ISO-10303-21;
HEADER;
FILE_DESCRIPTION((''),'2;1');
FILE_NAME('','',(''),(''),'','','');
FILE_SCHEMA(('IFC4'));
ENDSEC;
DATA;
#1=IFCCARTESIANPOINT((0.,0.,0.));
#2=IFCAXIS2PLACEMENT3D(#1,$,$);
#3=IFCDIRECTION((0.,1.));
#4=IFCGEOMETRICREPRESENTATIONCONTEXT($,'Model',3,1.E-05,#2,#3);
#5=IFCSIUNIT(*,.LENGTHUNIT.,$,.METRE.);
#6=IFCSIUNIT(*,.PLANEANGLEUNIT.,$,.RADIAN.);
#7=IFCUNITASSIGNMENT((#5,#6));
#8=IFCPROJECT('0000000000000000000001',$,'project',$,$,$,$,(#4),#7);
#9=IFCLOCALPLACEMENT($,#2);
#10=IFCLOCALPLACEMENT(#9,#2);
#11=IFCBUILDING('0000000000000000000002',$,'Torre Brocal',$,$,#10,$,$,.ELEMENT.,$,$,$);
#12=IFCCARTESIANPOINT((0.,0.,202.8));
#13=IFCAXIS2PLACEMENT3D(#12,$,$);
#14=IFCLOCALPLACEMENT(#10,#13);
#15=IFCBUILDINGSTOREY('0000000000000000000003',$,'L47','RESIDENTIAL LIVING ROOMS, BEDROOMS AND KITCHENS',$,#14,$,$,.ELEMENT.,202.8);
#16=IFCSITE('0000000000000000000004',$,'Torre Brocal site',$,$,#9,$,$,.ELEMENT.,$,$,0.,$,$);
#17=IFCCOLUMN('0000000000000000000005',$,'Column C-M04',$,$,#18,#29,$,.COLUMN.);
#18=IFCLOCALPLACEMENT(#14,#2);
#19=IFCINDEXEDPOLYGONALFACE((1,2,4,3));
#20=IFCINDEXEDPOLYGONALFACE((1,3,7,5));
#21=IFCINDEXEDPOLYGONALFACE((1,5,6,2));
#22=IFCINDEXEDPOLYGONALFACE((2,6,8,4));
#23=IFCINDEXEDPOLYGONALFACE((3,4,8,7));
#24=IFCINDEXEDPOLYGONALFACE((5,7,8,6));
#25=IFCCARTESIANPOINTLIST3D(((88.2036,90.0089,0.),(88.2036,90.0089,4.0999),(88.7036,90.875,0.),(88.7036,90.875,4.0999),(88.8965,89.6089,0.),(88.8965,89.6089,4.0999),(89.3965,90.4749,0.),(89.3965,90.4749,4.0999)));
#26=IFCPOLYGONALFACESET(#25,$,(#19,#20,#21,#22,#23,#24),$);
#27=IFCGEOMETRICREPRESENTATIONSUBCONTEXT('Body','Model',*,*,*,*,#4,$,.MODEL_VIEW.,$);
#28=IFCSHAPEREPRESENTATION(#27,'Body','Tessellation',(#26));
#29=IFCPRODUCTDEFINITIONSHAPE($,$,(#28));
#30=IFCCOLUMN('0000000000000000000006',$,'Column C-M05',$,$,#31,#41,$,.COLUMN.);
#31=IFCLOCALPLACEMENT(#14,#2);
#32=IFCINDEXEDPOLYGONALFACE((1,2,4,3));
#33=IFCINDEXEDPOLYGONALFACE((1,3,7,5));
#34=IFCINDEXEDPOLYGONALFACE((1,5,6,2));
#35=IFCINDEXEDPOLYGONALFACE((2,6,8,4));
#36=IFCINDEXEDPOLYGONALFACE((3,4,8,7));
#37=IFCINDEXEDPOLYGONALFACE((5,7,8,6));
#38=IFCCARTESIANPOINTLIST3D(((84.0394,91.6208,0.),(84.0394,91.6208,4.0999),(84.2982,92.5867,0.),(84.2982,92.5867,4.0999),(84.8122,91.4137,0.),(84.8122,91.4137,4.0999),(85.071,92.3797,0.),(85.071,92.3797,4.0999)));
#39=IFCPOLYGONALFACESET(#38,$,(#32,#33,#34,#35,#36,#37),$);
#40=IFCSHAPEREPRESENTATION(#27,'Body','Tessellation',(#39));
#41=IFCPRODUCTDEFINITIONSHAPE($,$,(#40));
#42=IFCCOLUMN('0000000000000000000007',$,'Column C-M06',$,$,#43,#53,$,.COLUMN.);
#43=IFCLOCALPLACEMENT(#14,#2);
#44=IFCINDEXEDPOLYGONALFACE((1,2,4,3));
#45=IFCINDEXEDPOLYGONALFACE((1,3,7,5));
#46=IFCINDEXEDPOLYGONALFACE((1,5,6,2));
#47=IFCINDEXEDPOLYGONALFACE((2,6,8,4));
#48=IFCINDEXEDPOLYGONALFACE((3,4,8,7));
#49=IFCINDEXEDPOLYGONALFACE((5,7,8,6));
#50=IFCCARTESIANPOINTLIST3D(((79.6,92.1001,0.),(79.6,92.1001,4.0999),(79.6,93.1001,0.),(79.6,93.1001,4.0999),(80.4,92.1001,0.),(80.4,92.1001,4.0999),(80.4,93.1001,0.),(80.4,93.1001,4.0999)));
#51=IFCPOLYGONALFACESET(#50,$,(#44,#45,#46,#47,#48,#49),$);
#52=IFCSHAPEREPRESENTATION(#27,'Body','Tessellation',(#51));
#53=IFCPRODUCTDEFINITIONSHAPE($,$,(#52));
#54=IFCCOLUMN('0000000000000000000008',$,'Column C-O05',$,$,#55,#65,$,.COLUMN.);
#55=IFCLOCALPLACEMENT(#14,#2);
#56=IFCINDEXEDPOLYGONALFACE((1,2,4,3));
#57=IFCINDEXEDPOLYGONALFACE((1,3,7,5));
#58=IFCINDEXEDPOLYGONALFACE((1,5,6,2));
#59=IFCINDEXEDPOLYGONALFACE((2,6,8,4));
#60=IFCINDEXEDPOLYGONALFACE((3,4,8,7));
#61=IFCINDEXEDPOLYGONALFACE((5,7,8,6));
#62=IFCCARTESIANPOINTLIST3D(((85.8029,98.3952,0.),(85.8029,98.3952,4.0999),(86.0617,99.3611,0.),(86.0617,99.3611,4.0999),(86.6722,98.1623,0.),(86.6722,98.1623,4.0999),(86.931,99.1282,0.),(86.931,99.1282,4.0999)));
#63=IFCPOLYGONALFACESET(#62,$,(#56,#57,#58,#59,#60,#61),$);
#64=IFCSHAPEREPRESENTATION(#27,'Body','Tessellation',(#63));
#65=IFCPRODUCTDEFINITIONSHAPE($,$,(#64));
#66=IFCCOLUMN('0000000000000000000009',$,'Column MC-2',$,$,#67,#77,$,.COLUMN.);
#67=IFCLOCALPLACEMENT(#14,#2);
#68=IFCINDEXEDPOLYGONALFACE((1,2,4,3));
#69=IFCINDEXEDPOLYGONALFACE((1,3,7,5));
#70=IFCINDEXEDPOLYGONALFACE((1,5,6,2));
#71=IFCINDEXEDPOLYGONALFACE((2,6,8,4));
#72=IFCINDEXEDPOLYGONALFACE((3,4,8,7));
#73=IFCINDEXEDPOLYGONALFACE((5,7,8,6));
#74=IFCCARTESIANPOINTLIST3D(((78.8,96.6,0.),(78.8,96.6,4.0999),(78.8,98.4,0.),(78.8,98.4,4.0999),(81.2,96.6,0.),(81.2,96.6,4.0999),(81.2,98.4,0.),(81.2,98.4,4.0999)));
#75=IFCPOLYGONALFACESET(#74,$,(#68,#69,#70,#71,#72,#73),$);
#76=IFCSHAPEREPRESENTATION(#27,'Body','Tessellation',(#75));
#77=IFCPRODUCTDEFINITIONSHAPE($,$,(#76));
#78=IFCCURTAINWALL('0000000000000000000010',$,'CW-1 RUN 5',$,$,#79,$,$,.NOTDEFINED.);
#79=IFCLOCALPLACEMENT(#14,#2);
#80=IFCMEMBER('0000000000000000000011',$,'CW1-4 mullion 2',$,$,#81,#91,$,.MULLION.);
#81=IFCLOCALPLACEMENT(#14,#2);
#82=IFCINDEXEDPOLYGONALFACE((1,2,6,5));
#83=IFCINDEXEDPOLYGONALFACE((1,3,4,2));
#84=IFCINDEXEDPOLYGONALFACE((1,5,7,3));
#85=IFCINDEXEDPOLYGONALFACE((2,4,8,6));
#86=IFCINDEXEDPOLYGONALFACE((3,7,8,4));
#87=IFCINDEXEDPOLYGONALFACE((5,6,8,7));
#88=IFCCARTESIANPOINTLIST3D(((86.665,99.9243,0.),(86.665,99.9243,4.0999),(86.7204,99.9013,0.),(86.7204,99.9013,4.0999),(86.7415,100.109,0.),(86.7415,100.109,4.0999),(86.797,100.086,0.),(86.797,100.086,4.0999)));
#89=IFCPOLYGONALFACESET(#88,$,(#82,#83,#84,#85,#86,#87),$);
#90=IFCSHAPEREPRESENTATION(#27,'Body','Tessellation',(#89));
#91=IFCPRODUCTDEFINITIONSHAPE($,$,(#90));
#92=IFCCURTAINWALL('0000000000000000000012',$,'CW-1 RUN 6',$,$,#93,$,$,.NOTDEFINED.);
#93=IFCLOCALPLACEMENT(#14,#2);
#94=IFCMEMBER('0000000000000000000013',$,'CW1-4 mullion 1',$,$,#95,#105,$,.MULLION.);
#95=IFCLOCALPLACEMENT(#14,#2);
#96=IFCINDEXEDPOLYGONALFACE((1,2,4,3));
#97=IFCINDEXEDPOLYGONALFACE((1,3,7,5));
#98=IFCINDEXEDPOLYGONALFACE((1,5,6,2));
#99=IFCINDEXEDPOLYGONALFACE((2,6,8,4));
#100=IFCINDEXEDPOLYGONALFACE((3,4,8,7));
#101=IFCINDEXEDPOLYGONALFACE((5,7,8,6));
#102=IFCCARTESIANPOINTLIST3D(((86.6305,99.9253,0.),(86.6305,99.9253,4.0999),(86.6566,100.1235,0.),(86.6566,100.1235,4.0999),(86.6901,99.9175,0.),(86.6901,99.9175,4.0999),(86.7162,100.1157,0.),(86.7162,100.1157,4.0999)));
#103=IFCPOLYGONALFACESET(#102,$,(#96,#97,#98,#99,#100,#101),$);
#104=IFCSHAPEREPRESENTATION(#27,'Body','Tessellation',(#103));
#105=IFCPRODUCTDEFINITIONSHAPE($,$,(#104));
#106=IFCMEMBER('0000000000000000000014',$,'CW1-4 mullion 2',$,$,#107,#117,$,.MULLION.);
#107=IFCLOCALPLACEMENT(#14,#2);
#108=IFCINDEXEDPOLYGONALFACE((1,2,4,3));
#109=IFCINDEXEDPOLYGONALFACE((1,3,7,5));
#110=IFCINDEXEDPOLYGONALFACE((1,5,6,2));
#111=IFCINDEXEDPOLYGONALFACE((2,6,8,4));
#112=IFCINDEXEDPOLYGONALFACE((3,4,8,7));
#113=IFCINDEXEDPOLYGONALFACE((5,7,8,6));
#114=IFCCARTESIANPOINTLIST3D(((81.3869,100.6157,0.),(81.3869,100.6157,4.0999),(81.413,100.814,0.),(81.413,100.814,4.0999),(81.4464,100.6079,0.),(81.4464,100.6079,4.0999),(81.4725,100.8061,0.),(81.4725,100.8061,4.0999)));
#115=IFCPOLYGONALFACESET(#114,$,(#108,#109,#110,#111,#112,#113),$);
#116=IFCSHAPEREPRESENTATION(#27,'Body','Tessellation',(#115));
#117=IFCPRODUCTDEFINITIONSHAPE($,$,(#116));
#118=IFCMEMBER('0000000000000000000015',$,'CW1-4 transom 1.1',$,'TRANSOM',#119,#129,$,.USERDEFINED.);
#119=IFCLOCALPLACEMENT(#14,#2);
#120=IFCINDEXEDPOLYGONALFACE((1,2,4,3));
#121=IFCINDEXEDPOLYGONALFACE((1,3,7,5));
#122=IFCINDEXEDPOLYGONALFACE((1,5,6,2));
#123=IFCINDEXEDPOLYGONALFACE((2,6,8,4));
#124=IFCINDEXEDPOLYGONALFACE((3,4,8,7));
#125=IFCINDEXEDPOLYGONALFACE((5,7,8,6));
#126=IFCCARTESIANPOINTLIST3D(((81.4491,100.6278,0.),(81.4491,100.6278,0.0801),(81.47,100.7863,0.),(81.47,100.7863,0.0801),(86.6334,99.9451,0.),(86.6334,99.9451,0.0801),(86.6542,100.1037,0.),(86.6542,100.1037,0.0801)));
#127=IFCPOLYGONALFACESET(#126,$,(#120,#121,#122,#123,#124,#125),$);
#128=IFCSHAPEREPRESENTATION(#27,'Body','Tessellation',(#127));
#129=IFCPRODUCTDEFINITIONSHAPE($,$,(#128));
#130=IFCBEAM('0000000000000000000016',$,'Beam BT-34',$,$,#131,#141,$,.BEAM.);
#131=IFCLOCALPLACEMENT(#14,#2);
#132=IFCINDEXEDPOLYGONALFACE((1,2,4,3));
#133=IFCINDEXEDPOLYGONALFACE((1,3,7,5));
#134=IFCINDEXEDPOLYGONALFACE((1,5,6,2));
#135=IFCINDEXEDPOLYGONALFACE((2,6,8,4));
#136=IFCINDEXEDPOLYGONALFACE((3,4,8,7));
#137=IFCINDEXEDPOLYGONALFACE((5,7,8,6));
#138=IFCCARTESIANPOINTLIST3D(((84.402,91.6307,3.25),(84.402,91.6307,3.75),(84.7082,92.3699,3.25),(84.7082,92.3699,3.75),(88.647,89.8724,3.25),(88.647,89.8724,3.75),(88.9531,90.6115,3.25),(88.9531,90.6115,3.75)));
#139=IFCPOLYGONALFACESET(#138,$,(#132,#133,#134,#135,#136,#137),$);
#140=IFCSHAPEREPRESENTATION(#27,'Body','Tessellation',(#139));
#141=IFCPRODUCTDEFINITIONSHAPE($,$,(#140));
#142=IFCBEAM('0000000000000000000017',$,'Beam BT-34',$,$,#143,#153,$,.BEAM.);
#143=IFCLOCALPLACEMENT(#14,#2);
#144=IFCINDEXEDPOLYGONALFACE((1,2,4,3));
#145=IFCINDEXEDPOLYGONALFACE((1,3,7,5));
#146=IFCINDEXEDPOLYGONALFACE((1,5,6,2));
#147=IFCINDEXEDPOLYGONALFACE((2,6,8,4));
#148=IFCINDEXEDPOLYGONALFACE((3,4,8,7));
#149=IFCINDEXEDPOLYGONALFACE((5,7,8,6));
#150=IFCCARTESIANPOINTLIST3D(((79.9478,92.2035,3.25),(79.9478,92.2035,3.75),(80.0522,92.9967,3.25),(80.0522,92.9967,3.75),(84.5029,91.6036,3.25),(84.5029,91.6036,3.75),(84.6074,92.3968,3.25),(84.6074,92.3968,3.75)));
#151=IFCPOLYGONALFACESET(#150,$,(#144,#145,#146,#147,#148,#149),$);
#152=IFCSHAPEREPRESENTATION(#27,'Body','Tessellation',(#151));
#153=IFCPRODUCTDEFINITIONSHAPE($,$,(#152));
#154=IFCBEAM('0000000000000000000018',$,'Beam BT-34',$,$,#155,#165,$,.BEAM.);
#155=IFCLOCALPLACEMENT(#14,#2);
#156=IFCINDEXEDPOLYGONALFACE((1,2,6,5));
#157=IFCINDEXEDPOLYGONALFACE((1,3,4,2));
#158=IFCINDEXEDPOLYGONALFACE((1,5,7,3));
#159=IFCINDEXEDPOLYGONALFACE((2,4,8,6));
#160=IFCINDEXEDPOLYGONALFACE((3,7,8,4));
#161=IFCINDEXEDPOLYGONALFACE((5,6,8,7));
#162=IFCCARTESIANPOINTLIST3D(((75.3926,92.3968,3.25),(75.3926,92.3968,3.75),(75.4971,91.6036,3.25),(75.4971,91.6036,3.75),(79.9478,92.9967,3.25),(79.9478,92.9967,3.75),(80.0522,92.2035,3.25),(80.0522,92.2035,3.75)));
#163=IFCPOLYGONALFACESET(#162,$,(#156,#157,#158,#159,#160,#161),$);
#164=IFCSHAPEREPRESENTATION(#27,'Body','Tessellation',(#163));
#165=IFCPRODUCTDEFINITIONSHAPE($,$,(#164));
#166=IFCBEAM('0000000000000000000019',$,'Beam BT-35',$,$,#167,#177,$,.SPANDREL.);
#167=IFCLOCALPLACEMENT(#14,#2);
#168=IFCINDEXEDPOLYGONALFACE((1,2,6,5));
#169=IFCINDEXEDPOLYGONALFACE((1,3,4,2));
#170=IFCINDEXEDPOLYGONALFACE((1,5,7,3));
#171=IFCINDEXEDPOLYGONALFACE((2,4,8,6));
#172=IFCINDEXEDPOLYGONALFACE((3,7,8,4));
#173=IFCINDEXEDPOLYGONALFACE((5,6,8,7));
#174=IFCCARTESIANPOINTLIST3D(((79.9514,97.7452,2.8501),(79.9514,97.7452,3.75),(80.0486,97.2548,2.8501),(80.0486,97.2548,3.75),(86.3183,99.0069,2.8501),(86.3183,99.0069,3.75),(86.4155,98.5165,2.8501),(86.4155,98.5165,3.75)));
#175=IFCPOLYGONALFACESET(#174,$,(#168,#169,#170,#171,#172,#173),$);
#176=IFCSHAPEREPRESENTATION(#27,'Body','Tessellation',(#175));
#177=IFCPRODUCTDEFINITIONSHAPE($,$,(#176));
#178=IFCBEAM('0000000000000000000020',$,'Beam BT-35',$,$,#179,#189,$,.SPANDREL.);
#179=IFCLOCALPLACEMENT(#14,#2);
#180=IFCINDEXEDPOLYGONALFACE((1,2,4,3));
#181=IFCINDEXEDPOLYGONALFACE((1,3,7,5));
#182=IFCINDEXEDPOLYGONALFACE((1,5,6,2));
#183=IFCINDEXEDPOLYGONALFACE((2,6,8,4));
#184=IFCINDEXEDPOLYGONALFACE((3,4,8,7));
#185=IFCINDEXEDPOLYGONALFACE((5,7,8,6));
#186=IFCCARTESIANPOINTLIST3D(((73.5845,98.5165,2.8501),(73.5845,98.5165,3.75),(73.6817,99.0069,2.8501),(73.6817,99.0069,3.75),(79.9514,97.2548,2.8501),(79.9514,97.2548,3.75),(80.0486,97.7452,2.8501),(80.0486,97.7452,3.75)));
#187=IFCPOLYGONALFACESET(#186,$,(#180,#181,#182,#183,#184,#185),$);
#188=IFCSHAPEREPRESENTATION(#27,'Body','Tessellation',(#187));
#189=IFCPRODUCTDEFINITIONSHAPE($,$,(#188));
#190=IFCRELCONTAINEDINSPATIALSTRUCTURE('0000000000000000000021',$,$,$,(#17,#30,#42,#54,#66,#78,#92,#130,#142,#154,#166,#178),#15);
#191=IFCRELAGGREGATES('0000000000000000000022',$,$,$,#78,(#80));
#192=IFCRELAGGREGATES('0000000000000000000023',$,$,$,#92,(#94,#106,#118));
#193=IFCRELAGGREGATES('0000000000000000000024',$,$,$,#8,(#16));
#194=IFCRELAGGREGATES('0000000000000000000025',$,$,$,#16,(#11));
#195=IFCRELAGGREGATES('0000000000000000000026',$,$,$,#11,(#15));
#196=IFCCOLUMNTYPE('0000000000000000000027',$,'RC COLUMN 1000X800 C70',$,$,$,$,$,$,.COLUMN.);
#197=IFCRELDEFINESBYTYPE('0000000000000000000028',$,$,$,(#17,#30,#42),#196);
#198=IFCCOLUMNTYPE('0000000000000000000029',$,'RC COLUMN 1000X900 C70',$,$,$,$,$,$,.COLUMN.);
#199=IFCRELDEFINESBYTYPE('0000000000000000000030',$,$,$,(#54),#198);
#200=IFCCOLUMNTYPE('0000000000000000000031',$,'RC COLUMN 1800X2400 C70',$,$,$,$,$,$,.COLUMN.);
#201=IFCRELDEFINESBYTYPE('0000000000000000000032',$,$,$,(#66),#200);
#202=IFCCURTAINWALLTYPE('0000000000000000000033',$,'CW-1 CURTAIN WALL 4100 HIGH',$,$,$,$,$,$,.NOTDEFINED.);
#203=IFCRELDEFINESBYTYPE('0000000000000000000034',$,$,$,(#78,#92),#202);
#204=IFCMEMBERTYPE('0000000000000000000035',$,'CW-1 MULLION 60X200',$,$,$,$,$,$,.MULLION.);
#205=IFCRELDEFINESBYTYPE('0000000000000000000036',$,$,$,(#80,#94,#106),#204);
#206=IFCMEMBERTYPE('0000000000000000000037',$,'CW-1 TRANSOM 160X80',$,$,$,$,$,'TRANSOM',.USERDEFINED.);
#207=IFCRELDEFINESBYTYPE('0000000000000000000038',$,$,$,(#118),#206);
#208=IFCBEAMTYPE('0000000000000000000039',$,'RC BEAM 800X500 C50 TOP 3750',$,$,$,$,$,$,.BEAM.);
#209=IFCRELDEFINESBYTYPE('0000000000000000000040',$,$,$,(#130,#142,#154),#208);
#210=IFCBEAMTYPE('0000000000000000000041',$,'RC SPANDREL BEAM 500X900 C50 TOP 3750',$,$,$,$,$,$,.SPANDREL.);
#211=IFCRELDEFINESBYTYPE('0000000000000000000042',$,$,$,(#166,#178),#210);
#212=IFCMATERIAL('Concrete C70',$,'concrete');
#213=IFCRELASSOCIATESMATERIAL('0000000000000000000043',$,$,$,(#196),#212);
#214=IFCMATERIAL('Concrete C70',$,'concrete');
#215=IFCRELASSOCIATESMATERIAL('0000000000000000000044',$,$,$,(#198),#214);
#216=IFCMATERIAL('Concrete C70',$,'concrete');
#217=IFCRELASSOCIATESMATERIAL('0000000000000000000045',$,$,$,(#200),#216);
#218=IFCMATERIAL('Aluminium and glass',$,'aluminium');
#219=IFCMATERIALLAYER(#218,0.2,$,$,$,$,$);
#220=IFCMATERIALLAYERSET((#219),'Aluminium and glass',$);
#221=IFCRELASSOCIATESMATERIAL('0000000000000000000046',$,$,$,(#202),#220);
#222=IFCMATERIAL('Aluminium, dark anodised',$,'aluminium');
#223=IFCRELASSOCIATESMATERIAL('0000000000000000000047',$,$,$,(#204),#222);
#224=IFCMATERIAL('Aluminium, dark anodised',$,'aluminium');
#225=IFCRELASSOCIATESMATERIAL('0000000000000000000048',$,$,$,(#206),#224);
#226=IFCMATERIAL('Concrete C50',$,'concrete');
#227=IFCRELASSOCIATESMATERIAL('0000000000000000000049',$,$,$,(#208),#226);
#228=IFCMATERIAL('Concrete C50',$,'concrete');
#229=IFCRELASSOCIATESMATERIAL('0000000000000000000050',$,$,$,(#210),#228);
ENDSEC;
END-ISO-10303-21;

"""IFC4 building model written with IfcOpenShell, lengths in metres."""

from ifc_helpers import new_model, si_unit, direction, frame, origin, origin_2d, place, context, subcontext, project, spatial, rectangle, extrude, material, layer, layer_set, material_profile, profile_set, type_object, element, aggregate, save


model = new_model("IFC4")

# Units and contexts
model_context = context("Model", 3, precision=1e-05, world=origin(), true_north=direction((0.0, 1.0)))
body_context = subcontext(model_context, "Body", "Model", "MODEL_VIEW")
ifc_project = project(units=[si_unit("LENGTHUNIT", "METRE"), si_unit("PLANEANGLEUNIT", "RADIAN")], contexts=[model_context])

# Site, building, storey
site_placement = place(None, origin())
site = spatial("IfcSite", under=ifc_project, at=site_placement, Name="Torre Brocal site", CompositionType="ELEMENT", RefElevation=0.0)
building_placement = place(site_placement, origin())
building = spatial("IfcBuilding", under=site, at=building_placement, Name="Torre Brocal", CompositionType="ELEMENT")
storey_placement = place(building_placement, frame((0.0, 0.0, 202.8)))
storey = spatial("IfcBuildingStorey", under=building, at=storey_placement, Name="L47", Description="RESIDENTIAL LIVING ROOMS, BEDROOMS AND KITCHENS", CompositionType="ELEMENT", Elevation=202.8)

# Columns
ifc_material_1 = material(Name="Concrete C70", Category="concrete")
ifc_material_profile_1 = material_profile(ifc_material_1, rectangle(XDim=1.0, YDim=0.8, at=origin_2d()), Name="RC 1000X800")
ifc_profile_set_1 = profile_set([ifc_material_profile_1], Name="Concrete C70")
column_type_1 = type_object("IfcColumnType", Name="RC COLUMN 1000X800 C70", PredefinedType="COLUMN", material=ifc_profile_set_1)
for number, where, z_axis, x_axis, name in (
    (1, (88.8, 90.2419, 0.0), (0.0, 0.0, 1.0), (0.5, 0.866025, 0.0), "Column C-M04"),
    (2, (84.5552, 92.0002, 0.0), (0.0, 0.0, 1.0), (0.258819, 0.965926, 0.0), "Column C-M05"),
    (3, (80.0, 92.6001, 0.0), (0.0, 0.0, 1.0), (0.0, 1.0, 0.0), "Column C-M06"),
):
    element("IfcColumn", number, at=place(storey_placement, frame(where, z_axis=z_axis, x_axis=x_axis)), inside=storey, type_object=column_type_1, Name=name, PredefinedType="COLUMN", context=body_context, shape_type="SweptSolid", body=[
        extrude(rectangle(XDim=1.0, YDim=0.8, at=origin_2d()), origin(), (0.0, 0.0, 1.0), 4.0999),
    ])
ifc_material_2 = material(Name="Concrete C70", Category="concrete")
ifc_material_profile_2 = material_profile(ifc_material_2, rectangle(XDim=1.0, YDim=0.8999, at=origin_2d()), Name="RC 1000X900")
ifc_profile_set_2 = profile_set([ifc_material_profile_2], Name="Concrete C70")
column_type_2 = type_object("IfcColumnType", Name="RC COLUMN 1000X900 C70", PredefinedType="COLUMN", material=ifc_profile_set_2)
column_1_placement = place(storey_placement, frame((86.3669, 98.7617, 0.0), z_axis=(0.0, 0.0, 1.0), x_axis=(0.258819, 0.965926, 0.0)))
element("IfcColumn", 4, at=column_1_placement, inside=storey, type_object=column_type_2, Name="Column C-O05", PredefinedType="COLUMN", context=body_context, shape_type="SweptSolid", body=[
    extrude(rectangle(XDim=1.0, YDim=0.8999, at=origin_2d()), origin(), (0.0, 0.0, 1.0), 4.0999),
])
ifc_material_3 = material(Name="Concrete C70", Category="concrete")
ifc_material_profile_3 = material_profile(ifc_material_3, rectangle(XDim=1.8, YDim=2.3999, at=origin_2d()), Name="RC 1800X2400")
ifc_profile_set_3 = profile_set([ifc_material_profile_3], Name="Concrete C70")
column_type_3 = type_object("IfcColumnType", Name="RC COLUMN 1800X2400 C70", PredefinedType="COLUMN", material=ifc_profile_set_3)
column_2_placement = place(storey_placement, frame((80.0, 97.5, 0.0), z_axis=(0.0, 0.0, 1.0), x_axis=(0.0, 1.0, 0.0)))
element("IfcColumn", 5, at=column_2_placement, inside=storey, type_object=column_type_3, Name="Column MC-2", PredefinedType="COLUMN", context=body_context, shape_type="SweptSolid", body=[
    extrude(rectangle(XDim=1.8, YDim=2.3999, at=origin_2d()), origin(), (0.0, 0.0, 1.0), 4.0999),
])

# Curtain wall, member
ifc_material_4 = material(Name="Aluminium and glass", Category="aluminium")
ifc_layer_1 = layer(ifc_material_4, 0.2)
ifc_layer_set_1 = layer_set([ifc_layer_1], Name="Aluminium and glass")
curtain_wall_type = type_object("IfcCurtainWallType", Name="CW-1 CURTAIN WALL 4100 HIGH", PredefinedType="NOTDEFINED", material=ifc_layer_set_1)
curtain_wall_1_placement = place(storey_placement, origin())
curtain_wall_1 = element("IfcCurtainWall", 6, at=curtain_wall_1_placement, inside=storey, type_object=curtain_wall_type, Name="CW-1 RUN 5", PredefinedType="NOTDEFINED")
ifc_material_5 = material(Name="Aluminium, dark anodised", Category="aluminium")
ifc_material_profile_4 = material_profile(ifc_material_5, rectangle(XDim=0.2, YDim=0.0601, at=origin_2d()), Name="CW-1 MULLION 60X200")
ifc_profile_set_4 = profile_set([ifc_material_profile_4], Name="Aluminium, dark anodised")
member_type_1 = type_object("IfcMemberType", Name="CW-1 MULLION 60X200", PredefinedType="MULLION", material=ifc_profile_set_4)
member_1_placement = place(storey_placement, frame((86.731, 100.0051, 0.0), z_axis=(0.0, 0.0, 1.0), x_axis=(-0.382683, -0.92388, 0.0)))
member_1 = element("IfcMember", 7, at=member_1_placement, type_object=member_type_1, Name="CW1-4 mullion 2", PredefinedType="MULLION", context=body_context, shape_type="SweptSolid", body=[
    extrude(rectangle(XDim=0.2, YDim=0.0601, at=origin_2d()), origin(), (0.0, 0.0, 1.0), 4.0999),
])

# Curtain wall, members
curtain_wall_2_placement = place(storey_placement, origin())
curtain_wall_2 = element("IfcCurtainWall", 8, at=curtain_wall_2_placement, inside=storey, type_object=curtain_wall_type, Name="CW-1 RUN 6", PredefinedType="NOTDEFINED")
member_2_placement = place(storey_placement, frame((86.6733, 100.0205, 0.0), z_axis=(0.0, 0.0, 1.0), x_axis=(-0.130526, -0.991445, 0.0)))
member_2 = element("IfcMember", 9, at=member_2_placement, type_object=member_type_1, Name="CW1-4 mullion 1", PredefinedType="MULLION", context=body_context, shape_type="SweptSolid", body=[
    extrude(rectangle(XDim=0.2, YDim=0.0601, at=origin_2d()), origin(), (0.0, 0.0, 1.0), 4.0999),
])
member_3_placement = place(storey_placement, frame((81.4297, 100.7109, 0.0), z_axis=(0.0, 0.0, 1.0), x_axis=(-0.130526, -0.991445, 0.0)))
member_3 = element("IfcMember", 10, at=member_3_placement, type_object=member_type_1, Name="CW1-4 mullion 2", PredefinedType="MULLION", context=body_context, shape_type="SweptSolid", body=[
    extrude(rectangle(XDim=0.2, YDim=0.0601, at=origin_2d()), origin(), (0.0, 0.0, 1.0), 4.0999),
])
ifc_material_6 = material(Name="Aluminium, dark anodised", Category="aluminium")
ifc_material_profile_5 = material_profile(ifc_material_6, rectangle(XDim=0.1599, YDim=0.0801, at=origin_2d()), Name="CW-1 TRANSOM 160X80")
ifc_profile_set_5 = profile_set([ifc_material_profile_5], Name="Aluminium, dark anodised")
member_type_2 = type_object("IfcMemberType", Name="CW-1 TRANSOM 160X80", ElementType="TRANSOM", PredefinedType="USERDEFINED", material=ifc_profile_set_5)
member_4_placement = place(storey_placement, frame((86.6438, 100.0244, 0.04), z_axis=(-0.991443, 0.130543, 0.0), x_axis=(-0.130543, -0.991443, 0.0)))
member_4 = element("IfcMember", 11, at=member_4_placement, type_object=member_type_2, Name="CW1-4 transom 1.1", ObjectType="TRANSOM", PredefinedType="USERDEFINED", context=body_context, shape_type="SweptSolid", body=[
    extrude(rectangle(XDim=0.1599, YDim=0.0801, at=origin_2d()), origin(), (0.0, 0.0, 1.0), 5.229),
])

# Beams
ifc_material_7 = material(Name="Concrete C50", Category="concrete")
ifc_material_profile_6 = material_profile(ifc_material_7, rectangle(XDim=0.8, YDim=0.5, at=origin_2d()), Name="RC 800X500")
ifc_profile_set_6 = profile_set([ifc_material_profile_6], Name="Concrete C50")
beam_type_1 = type_object("IfcBeamType", Name="RC BEAM 800X500 C50 TOP 3750", PredefinedType="BEAM", material=ifc_profile_set_6)
beam_placement = place(storey_placement, frame((88.8, 90.2419, 3.5), z_axis=(-0.923878, 0.382687, 0.0), x_axis=(-0.382687, -0.923878, 0.0)))
element("IfcBeam", 12, at=beam_placement, inside=storey, type_object=beam_type_1, Name="Beam BT-34", PredefinedType="BEAM", context=body_context, shape_type="SweptSolid", body=[
    extrude(rectangle(XDim=0.8, YDim=0.5, at=origin_2d()), origin(), (0.0, 0.0, 1.0), 4.5947),
])
for number, where, z_axis, x_axis, name in (
    (13, (84.5552, 92.0002, 3.5), (-0.991441, 0.130559, 0.0), (-0.130559, -0.991441, 0.0), "Beam BT-34"),
    (14, (80.0, 92.6001, 3.5), (-0.991441, -0.130559, 0.0), (0.130559, -0.991441, 0.0), "Beam BT-34"),
):
    element("IfcBeam", number, at=place(storey_placement, frame(where, z_axis=z_axis, x_axis=x_axis)), inside=storey, type_object=beam_type_1, Name=name, PredefinedType="BEAM", context=body_context, shape_type="SweptSolid", body=[
        extrude(rectangle(XDim=0.8, YDim=0.5, at=origin_2d()), origin(), (0.0, 0.0, 1.0), 4.5945),
    ])
ifc_material_8 = material(Name="Concrete C50", Category="concrete")
ifc_material_profile_7 = material_profile(ifc_material_8, rectangle(XDim=0.5, YDim=0.8999, at=origin_2d()), Name="RC 500X900")
ifc_profile_set_7 = profile_set([ifc_material_profile_7], Name="Concrete C50")
beam_type_2 = type_object("IfcBeamType", Name="RC SPANDREL BEAM 500X900 C50 TOP 3750", PredefinedType="SPANDREL", material=ifc_profile_set_7)
for number, where, z_axis, x_axis, name in (
    (15, (86.3669, 98.7617, 3.3), (-0.980925, -0.194387, 0.0), (0.194387, -0.980925, 0.0), "Beam BT-35"),
    (16, (80.0, 97.5, 3.3), (-0.980925, 0.194387, 0.0), (-0.194387, -0.980925, 0.0), "Beam BT-35"),
):
    element("IfcBeam", number, at=place(storey_placement, frame(where, z_axis=z_axis, x_axis=x_axis)), inside=storey, type_object=beam_type_2, Name=name, PredefinedType="SPANDREL", context=body_context, shape_type="SweptSolid", body=[
        extrude(rectangle(XDim=0.5, YDim=0.8999, at=origin_2d()), origin(), (0.0, 0.0, 1.0), 6.4907),
    ])

aggregate(curtain_wall_1, [member_1])
aggregate(curtain_wall_2, [member_2, member_3, member_4])

save(model, "model.ifc")
